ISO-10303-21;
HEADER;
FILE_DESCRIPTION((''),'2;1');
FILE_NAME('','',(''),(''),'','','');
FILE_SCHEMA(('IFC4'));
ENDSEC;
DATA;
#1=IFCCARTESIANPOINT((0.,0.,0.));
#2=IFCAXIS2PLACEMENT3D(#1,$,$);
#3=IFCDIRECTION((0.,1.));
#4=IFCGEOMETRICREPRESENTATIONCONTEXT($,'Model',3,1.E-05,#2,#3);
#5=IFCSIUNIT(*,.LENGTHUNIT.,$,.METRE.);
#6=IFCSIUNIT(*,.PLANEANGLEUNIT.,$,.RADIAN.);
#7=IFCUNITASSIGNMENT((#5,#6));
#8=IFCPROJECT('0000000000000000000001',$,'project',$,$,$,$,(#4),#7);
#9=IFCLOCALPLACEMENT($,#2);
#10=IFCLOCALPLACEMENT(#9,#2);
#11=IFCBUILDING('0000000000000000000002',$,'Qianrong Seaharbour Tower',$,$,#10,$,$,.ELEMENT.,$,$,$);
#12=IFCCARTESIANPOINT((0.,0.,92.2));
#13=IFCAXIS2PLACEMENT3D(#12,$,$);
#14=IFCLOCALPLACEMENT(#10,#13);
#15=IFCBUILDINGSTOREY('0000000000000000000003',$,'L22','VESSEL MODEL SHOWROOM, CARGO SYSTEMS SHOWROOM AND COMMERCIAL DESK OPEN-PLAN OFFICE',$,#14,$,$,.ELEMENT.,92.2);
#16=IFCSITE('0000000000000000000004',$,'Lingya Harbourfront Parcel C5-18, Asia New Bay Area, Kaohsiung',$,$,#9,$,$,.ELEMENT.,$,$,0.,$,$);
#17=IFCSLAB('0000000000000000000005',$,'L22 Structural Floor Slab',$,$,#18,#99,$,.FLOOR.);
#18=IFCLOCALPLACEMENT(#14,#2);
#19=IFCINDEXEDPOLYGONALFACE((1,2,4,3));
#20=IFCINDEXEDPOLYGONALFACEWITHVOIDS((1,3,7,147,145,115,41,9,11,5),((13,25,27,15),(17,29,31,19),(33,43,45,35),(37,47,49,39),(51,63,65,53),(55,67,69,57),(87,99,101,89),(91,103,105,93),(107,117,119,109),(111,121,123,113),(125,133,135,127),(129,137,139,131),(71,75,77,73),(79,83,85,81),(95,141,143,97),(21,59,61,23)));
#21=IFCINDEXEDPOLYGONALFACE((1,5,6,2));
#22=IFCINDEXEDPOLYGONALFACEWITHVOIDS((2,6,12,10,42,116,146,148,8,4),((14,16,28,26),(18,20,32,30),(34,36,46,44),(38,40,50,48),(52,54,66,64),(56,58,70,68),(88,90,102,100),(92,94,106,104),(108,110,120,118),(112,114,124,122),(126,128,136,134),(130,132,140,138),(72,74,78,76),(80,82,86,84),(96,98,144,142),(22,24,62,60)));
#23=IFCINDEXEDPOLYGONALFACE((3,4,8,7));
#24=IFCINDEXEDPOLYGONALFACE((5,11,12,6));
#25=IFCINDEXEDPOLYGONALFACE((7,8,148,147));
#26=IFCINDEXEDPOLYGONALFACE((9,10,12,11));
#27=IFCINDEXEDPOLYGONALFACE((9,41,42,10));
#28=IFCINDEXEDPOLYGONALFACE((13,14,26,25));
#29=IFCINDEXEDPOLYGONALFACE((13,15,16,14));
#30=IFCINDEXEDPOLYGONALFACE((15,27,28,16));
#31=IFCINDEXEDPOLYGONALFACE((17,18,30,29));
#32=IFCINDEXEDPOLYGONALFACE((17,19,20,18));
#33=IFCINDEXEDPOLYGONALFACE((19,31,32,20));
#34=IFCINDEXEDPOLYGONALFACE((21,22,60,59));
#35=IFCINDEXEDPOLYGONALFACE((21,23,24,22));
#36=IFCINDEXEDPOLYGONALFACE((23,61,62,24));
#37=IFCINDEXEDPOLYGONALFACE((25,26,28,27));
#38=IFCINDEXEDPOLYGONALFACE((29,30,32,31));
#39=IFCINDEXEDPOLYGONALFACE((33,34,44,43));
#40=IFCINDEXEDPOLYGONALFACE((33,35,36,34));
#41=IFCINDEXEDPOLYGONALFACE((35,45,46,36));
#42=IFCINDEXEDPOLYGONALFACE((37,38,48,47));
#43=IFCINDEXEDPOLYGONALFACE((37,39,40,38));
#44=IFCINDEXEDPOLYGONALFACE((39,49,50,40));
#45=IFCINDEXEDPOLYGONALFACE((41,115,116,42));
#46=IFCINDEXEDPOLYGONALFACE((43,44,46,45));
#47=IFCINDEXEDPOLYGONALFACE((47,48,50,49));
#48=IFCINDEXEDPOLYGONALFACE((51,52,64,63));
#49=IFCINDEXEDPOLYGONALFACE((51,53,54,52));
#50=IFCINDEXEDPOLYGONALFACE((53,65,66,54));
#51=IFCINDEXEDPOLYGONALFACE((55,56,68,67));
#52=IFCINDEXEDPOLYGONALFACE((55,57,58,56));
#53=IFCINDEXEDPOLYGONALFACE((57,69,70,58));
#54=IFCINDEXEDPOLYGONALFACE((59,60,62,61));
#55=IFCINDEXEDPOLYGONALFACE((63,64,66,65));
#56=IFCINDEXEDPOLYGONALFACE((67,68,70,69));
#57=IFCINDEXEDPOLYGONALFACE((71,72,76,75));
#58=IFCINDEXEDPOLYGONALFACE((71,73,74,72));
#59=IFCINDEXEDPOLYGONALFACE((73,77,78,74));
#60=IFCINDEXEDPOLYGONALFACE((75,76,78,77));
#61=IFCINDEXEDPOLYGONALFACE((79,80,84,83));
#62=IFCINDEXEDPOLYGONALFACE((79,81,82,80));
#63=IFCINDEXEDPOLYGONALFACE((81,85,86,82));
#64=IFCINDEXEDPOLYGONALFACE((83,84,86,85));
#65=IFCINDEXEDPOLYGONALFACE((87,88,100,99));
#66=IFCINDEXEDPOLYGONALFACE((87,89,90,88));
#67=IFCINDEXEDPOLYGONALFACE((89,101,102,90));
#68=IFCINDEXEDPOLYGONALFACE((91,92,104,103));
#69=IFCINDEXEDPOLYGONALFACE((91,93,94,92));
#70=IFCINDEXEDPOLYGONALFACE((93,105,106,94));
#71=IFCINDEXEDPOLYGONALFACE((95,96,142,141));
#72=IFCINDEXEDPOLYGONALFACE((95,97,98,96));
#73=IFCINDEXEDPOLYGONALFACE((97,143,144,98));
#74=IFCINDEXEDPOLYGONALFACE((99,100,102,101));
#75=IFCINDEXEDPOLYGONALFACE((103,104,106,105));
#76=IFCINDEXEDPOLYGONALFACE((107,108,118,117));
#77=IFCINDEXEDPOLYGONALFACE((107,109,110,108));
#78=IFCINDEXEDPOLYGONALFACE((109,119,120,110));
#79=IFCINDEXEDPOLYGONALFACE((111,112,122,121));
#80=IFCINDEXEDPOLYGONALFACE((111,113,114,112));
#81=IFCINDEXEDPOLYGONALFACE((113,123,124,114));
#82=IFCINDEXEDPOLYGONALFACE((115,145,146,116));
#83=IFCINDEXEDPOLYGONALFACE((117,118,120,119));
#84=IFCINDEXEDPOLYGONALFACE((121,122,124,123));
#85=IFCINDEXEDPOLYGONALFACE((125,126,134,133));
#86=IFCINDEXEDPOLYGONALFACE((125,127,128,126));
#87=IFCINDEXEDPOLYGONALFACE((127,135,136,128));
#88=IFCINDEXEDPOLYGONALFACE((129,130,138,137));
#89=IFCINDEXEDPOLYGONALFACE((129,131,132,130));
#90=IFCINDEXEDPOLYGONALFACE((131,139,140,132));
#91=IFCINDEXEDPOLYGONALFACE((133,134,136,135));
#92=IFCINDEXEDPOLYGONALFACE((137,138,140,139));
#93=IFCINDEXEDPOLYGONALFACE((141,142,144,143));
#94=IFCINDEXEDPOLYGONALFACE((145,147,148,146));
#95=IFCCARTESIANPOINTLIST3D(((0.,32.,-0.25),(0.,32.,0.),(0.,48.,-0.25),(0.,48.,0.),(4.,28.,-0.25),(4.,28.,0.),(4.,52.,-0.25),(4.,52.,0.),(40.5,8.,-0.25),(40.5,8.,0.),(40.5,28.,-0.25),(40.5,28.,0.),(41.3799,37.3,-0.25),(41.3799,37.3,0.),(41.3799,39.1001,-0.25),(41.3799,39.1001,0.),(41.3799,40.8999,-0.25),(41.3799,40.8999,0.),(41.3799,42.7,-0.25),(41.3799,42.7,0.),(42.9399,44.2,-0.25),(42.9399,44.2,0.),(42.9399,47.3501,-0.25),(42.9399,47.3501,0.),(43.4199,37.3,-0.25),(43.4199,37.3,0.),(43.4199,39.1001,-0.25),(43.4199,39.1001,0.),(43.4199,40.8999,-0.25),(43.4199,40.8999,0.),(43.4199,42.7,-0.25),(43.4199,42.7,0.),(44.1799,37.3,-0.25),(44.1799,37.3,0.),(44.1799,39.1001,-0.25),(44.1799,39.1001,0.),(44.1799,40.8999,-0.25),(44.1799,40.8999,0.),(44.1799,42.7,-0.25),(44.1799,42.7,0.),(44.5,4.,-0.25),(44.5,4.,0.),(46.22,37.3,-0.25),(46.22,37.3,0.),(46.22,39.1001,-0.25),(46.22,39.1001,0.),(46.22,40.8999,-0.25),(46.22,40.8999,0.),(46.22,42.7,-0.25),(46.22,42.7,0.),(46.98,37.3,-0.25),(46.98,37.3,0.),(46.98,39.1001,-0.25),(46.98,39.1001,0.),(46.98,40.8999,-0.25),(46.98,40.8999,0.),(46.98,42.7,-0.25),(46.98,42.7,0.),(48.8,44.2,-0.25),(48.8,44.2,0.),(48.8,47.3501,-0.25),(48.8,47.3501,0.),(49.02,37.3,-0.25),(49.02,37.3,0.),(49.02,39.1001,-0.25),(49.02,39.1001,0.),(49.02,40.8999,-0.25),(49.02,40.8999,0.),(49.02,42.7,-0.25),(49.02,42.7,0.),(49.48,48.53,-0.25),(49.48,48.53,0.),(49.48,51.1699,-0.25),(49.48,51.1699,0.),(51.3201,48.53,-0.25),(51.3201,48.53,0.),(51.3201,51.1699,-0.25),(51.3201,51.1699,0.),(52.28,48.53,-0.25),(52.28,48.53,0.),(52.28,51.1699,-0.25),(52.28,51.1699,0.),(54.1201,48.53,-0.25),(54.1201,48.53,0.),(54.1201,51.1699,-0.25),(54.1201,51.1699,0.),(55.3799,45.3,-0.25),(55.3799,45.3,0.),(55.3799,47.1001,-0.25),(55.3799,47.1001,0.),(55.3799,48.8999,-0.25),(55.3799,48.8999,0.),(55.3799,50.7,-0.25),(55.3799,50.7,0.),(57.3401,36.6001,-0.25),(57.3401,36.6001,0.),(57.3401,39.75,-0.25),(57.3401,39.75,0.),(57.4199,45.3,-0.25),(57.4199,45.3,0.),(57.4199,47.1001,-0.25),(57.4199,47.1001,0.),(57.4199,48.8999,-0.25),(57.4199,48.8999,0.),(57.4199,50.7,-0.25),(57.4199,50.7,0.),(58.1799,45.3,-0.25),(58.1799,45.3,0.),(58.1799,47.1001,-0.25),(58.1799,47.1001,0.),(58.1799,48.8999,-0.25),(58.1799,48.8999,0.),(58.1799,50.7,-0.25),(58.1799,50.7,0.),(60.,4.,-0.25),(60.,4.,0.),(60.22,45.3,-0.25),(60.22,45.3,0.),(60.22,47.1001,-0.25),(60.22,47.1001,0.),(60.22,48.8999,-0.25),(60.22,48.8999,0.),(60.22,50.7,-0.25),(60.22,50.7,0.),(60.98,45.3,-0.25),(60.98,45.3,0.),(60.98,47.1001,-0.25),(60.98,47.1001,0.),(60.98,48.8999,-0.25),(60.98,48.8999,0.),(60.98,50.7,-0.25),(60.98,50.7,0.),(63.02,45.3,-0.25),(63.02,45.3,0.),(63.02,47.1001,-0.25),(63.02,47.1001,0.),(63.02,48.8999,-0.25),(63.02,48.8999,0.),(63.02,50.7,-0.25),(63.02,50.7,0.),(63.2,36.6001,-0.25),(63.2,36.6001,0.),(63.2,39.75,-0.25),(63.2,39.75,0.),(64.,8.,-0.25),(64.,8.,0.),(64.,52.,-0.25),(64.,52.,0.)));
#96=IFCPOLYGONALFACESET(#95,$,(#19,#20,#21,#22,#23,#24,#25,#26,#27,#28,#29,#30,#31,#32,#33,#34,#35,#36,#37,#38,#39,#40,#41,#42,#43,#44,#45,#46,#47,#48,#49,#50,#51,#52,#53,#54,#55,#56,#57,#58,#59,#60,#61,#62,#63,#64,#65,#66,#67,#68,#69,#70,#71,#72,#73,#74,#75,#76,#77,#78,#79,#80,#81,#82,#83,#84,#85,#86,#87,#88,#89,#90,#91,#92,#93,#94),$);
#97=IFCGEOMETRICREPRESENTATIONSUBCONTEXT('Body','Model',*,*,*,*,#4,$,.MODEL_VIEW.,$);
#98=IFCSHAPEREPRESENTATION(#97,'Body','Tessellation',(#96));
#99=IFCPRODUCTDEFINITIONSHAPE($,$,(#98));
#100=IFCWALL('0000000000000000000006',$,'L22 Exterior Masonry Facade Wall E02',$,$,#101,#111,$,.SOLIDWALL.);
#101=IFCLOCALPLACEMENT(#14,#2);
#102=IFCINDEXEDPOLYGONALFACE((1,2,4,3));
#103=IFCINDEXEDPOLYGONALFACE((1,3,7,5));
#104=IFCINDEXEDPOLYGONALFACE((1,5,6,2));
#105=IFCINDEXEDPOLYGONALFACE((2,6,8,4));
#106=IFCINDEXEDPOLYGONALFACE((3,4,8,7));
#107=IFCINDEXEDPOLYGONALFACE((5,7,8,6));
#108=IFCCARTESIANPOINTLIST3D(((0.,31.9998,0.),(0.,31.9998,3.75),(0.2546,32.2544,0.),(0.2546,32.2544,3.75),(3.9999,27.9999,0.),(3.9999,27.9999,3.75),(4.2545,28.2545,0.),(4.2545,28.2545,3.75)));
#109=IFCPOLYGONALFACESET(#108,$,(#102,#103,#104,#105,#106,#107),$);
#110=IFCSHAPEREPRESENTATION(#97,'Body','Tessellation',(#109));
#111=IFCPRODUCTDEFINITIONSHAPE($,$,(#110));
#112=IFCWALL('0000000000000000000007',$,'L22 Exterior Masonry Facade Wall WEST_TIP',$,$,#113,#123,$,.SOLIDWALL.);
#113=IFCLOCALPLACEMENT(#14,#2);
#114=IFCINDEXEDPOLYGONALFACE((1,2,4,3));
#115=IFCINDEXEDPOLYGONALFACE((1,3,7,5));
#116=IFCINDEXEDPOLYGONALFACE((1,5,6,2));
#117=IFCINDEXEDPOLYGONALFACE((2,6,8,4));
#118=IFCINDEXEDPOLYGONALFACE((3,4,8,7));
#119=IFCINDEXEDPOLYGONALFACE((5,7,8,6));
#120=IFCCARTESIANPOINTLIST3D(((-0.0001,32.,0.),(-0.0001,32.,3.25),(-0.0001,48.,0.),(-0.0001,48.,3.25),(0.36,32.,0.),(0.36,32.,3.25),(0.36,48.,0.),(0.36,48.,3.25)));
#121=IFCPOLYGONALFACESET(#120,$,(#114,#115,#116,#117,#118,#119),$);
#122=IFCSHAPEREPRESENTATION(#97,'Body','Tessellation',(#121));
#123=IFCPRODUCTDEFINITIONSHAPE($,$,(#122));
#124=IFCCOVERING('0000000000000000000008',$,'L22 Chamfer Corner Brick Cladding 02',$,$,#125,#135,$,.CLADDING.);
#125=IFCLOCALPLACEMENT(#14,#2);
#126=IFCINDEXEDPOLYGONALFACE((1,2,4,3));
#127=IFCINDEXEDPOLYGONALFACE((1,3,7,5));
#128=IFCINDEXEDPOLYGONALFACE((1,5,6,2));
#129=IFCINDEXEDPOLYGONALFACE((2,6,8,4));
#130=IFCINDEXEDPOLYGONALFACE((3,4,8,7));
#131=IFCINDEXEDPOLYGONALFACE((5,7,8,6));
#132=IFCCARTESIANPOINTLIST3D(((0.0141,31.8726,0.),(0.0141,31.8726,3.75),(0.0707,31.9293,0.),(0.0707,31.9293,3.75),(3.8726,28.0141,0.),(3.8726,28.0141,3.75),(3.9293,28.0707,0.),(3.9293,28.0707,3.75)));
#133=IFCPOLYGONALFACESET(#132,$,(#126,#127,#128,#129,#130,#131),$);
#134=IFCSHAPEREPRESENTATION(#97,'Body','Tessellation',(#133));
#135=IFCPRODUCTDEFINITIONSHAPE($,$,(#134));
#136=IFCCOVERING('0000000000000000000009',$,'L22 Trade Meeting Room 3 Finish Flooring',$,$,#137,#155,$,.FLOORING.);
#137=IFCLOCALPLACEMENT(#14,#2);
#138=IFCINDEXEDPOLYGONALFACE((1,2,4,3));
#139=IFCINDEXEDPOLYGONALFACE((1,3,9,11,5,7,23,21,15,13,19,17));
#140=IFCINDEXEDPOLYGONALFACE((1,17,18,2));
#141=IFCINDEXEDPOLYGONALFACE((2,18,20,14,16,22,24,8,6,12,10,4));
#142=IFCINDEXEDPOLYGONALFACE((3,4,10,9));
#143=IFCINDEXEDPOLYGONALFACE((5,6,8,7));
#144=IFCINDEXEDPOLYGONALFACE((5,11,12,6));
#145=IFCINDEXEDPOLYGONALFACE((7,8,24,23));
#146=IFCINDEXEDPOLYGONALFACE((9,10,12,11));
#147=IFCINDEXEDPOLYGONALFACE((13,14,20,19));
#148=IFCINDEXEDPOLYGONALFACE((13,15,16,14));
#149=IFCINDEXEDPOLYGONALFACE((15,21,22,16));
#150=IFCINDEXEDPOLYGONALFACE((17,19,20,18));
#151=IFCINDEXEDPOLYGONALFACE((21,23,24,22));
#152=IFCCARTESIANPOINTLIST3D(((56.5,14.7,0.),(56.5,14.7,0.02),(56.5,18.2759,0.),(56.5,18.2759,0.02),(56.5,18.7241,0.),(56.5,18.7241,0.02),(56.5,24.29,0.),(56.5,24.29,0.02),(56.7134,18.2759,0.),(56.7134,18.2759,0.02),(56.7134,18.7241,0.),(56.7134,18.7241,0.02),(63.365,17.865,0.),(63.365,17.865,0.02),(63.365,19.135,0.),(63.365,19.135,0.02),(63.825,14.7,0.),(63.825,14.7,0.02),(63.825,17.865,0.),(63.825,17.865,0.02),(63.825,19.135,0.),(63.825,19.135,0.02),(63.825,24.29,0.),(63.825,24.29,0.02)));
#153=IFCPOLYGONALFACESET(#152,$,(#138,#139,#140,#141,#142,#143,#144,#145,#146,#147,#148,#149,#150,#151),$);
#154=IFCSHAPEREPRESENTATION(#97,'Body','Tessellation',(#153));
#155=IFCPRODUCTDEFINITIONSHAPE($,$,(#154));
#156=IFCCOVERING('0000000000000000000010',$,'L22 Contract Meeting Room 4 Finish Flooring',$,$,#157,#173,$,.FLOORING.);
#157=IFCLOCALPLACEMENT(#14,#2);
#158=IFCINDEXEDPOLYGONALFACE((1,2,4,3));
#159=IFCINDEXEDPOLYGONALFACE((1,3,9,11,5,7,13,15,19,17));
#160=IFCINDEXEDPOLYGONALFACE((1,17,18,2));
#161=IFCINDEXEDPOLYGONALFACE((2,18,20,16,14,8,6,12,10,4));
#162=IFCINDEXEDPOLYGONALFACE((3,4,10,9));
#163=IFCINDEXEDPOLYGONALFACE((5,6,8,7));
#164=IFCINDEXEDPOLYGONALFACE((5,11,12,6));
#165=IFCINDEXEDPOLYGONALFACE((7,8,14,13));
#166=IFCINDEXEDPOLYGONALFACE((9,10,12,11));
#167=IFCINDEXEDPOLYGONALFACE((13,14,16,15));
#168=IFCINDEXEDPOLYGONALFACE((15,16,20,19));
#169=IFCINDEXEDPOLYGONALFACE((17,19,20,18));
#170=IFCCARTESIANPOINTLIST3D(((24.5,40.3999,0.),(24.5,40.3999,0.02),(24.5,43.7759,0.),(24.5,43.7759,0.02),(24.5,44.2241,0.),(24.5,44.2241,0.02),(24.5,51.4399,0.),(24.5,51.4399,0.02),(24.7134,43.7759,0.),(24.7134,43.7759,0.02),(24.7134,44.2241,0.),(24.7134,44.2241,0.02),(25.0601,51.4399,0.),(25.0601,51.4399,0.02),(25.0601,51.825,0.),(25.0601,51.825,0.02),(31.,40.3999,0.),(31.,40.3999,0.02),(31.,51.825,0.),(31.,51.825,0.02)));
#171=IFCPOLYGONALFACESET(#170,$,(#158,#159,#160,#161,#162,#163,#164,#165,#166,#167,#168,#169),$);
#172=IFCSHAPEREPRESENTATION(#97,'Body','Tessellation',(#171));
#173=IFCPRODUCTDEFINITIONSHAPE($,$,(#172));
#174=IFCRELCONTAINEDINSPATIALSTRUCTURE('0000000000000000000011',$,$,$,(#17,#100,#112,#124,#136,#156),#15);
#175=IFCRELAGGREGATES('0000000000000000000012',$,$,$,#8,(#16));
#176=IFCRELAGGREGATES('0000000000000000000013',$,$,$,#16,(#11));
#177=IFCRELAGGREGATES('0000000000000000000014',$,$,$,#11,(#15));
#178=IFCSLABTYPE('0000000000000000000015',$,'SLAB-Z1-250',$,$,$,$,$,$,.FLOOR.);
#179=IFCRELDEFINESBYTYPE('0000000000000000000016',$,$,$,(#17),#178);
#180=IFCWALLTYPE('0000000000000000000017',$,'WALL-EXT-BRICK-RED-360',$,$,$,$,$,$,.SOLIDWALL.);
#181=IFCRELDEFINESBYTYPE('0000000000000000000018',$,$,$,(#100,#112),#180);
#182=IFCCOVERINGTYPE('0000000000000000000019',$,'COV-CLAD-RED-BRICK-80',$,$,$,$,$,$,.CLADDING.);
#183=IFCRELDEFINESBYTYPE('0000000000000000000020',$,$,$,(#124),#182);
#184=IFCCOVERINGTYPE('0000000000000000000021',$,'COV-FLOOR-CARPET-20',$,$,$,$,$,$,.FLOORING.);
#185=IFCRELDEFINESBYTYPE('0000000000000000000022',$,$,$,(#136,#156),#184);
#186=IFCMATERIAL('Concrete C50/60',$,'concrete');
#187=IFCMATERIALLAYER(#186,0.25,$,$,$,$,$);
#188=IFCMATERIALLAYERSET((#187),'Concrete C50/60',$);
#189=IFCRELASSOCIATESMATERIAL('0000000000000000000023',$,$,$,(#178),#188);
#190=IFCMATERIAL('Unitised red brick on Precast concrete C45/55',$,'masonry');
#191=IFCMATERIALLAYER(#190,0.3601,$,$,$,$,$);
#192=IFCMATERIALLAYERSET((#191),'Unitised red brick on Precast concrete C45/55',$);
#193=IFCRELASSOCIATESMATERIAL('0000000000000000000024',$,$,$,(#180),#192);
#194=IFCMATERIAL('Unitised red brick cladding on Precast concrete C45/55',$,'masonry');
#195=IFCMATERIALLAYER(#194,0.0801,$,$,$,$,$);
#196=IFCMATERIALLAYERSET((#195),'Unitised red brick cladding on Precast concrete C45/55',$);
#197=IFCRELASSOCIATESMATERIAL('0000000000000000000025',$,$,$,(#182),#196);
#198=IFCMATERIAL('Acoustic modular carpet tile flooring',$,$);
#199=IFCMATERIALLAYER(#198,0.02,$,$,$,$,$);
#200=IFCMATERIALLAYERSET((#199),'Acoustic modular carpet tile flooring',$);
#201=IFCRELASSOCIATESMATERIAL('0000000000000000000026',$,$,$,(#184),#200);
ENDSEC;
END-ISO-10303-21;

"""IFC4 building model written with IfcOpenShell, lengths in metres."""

from ifc_helpers import new_model, si_unit, direction, frame, frame_2d, origin, origin_2d, place, context, subcontext, project, spatial, polyline, rectangle, outline, extrude, material, layer, layer_set, type_object, element, save


model = new_model("IFC4")

# Units and contexts
model_context = context("Model", 3, precision=1e-05, world=origin(), true_north=direction((0.0, 1.0)))
body_context = subcontext(model_context, "Body", "Model", "MODEL_VIEW")
ifc_project = project(units=[si_unit("LENGTHUNIT", "METRE"), si_unit("PLANEANGLEUNIT", "RADIAN")], contexts=[model_context])

# Site, building, storey
site_placement = place(None, origin())
site = spatial("IfcSite", under=ifc_project, at=site_placement, Name="Lingya Harbourfront Parcel C5-18, Asia New Bay Area, Kaohsiung", CompositionType="ELEMENT", RefElevation=0.0)
building_placement = place(site_placement, origin())
building = spatial("IfcBuilding", under=site, at=building_placement, Name="Qianrong Seaharbour Tower", CompositionType="ELEMENT")
storey_placement = place(building_placement, frame((0.0, 0.0, 92.2)))
storey = spatial("IfcBuildingStorey", under=building, at=storey_placement, Name="L22", Description="VESSEL MODEL SHOWROOM, CARGO SYSTEMS SHOWROOM AND COMMERCIAL DESK OPEN-PLAN OFFICE", CompositionType="ELEMENT", Elevation=92.2)

# Shared definitions
ifc_material_1 = material(Name="Concrete C50/60", Category="concrete")

# Slab
ifc_layer_1 = layer(ifc_material_1, 0.25)
ifc_layer_set_1 = layer_set([ifc_layer_1], Name="Concrete C50/60")
slab_type_1 = type_object("IfcSlabType", Name="SLAB-Z1-250", PredefinedType="FLOOR", material=ifc_layer_set_1)
slab_1_placement = place(storey_placement, frame((0.0, 0.0, -0.25)))
element("IfcSlab", 1, at=slab_1_placement, inside=storey, type_object=slab_type_1, Name="L22 Structural Floor Slab", PredefinedType="FLOOR", context=body_context, shape_type="SweptSolid", body=[
    extrude(outline(polyline([(44.5, 4.0), (60.0, 4.0), (64.0, 8.0), (64.0, 52.0), (4.0, 52.0), (0.0, 48.0), (0.0, 32.0), (4.0, 28.0), (40.5, 28.0), (40.5, 8.0), (44.5, 4.0)]), holes=[polyline([(42.9399, 44.2), (42.9399, 47.3501), (48.8, 47.3501), (48.8, 44.2), (42.9399, 44.2)]), polyline([(57.3401, 36.6001), (57.3401, 39.75), (63.2, 39.75), (63.2, 36.6001), (57.3401, 36.6001)]), polyline([(49.48, 48.53), (49.48, 51.1699), (51.3201, 51.1699), (51.3201, 48.53), (49.48, 48.53)]), polyline([(52.28, 48.53), (52.28, 51.1699), (54.1201, 51.1699), (54.1201, 48.53), (52.28, 48.53)]), polyline([(41.3799, 37.3), (41.3799, 39.1001), (43.4199, 39.1001), (43.4199, 37.3), (41.3799, 37.3)]), polyline([(44.1799, 37.3), (44.1799, 39.1001), (46.22, 39.1001), (46.22, 37.3), (44.1799, 37.3)]), polyline([(46.98, 37.3), (46.98, 39.1001), (49.02, 39.1001), (49.02, 37.3), (46.98, 37.3)]), polyline([(41.3799, 40.8999), (41.3799, 42.7), (43.4199, 42.7), (43.4199, 40.8999), (41.3799, 40.8999)]), polyline([(44.1799, 40.8999), (44.1799, 42.7), (46.22, 42.7), (46.22, 40.8999), (44.1799, 40.8999)]), polyline([(46.98, 40.8999), (46.98, 42.7), (49.02, 42.7), (49.02, 40.8999), (46.98, 40.8999)]), polyline([(55.3799, 45.3), (55.3799, 47.1001), (57.4199, 47.1001), (57.4199, 45.3), (55.3799, 45.3)]), polyline([(58.1799, 45.3), (58.1799, 47.1001), (60.22, 47.1001), (60.22, 45.3), (58.1799, 45.3)]), polyline([(60.98, 45.3), (60.98, 47.1001), (63.02, 47.1001), (63.02, 45.3), (60.98, 45.3)]), polyline([(55.3799, 48.8999), (55.3799, 50.7), (57.4199, 50.7), (57.4199, 48.8999), (55.3799, 48.8999)]), polyline([(58.1799, 48.8999), (58.1799, 50.7), (60.22, 50.7), (60.22, 48.8999), (58.1799, 48.8999)]), polyline([(60.98, 48.8999), (60.98, 50.7), (63.02, 50.7), (63.02, 48.8999), (60.98, 48.8999)])]), origin(), (0.0, 0.0, 1.0), 0.25),
])

# Walls
ifc_material_2 = material(Name="Unitised red brick on Precast concrete C45/55", Category="masonry")
ifc_layer_2 = layer(ifc_material_2, 0.3601)
ifc_layer_set_2 = layer_set([ifc_layer_2], Name="Unitised red brick on Precast concrete C45/55")
wall_type = type_object("IfcWallType", Name="WALL-EXT-BRICK-RED-360", PredefinedType="SOLIDWALL", material=ifc_layer_set_2)
wall_1_placement = place(storey_placement, frame((4.1272, 28.1272, 0.0), z_axis=(0.0, 0.0, 1.0), x_axis=(-0.707107, 0.707107, 0.0)))
element("IfcWall", 2, at=wall_1_placement, inside=storey, type_object=wall_type, Name="L22 Exterior Masonry Facade Wall E02", PredefinedType="SOLIDWALL", context=body_context, shape_type="SweptSolid", body=[
    extrude(rectangle(XDim=5.6567, YDim=0.3601, at=frame_2d((2.8284, 0.0))), origin(), (0.0, 0.0, 1.0), 3.75),
])
wall_2_placement = place(storey_placement, frame((0.1799, 32.0, 0.0), z_axis=(0.0, 0.0, 1.0), x_axis=(0.0, 1.0, 0.0)))
element("IfcWall", 3, at=wall_2_placement, inside=storey, type_object=wall_type, Name="L22 Exterior Masonry Facade Wall WEST_TIP", PredefinedType="SOLIDWALL", context=body_context, shape_type="SweptSolid", body=[
    extrude(rectangle(XDim=16.0, YDim=0.3601, at=frame_2d((8.0, 0.0))), origin(), (0.0, 0.0, 1.0), 3.25),
])

# Coverings
ifc_material_3 = material(Name="Unitised red brick cladding on Precast concrete C45/55", Category="masonry")
ifc_layer_3 = layer(ifc_material_3, 0.0801)
ifc_layer_set_3 = layer_set([ifc_layer_3], Name="Unitised red brick cladding on Precast concrete C45/55")
covering_type_1 = type_object("IfcCoveringType", Name="COV-CLAD-RED-BRICK-80", PredefinedType="CLADDING", material=ifc_layer_set_3)
covering_1_placement = place(storey_placement, frame((1.9717, 29.9717, 0.0), z_axis=(0.0, 0.0, 1.0), x_axis=(-0.707107, 0.707107, 0.0)))
element("IfcCovering", 4, at=covering_1_placement, inside=storey, type_object=covering_type_1, Name="L22 Chamfer Corner Brick Cladding 02", PredefinedType="CLADDING", context=body_context, shape_type="SweptSolid", body=[
    extrude(rectangle(XDim=5.4568, YDim=0.0801, at=origin_2d()), origin(), (0.0, 0.0, 1.0), 3.75),
])
ifc_material_4 = material(Name="Acoustic modular carpet tile flooring")
ifc_layer_4 = layer(ifc_material_4, 0.02)
ifc_layer_set_4 = layer_set([ifc_layer_4], Name="Acoustic modular carpet tile flooring")
covering_type_2 = type_object("IfcCoveringType", Name="COV-FLOOR-CARPET-20", PredefinedType="FLOORING", material=ifc_layer_set_4)
covering_2_placement = place(storey_placement, origin())
element("IfcCovering", 5, at=covering_2_placement, inside=storey, type_object=covering_type_2, Name="L22 Trade Meeting Room 3 Finish Flooring", PredefinedType="FLOORING", context=body_context, shape_type="SweptSolid", body=[
    extrude(outline(polyline([(63.825, 24.29), (63.825, 19.135), (63.365, 19.135), (63.365, 17.865), (63.825, 17.865), (63.825, 14.7), (56.5, 14.7), (56.5, 18.2759), (56.7134, 18.2759), (56.7134, 18.7241), (56.5, 18.7241), (56.5, 24.29), (63.825, 24.29)])), origin(), (0.0, 0.0, 1.0), 0.02),
])
covering_3_placement = place(storey_placement, origin())
element("IfcCovering", 6, at=covering_3_placement, inside=storey, type_object=covering_type_2, Name="L22 Contract Meeting Room 4 Finish Flooring", PredefinedType="FLOORING", context=body_context, shape_type="SweptSolid", body=[
    extrude(outline(polyline([(24.5, 43.7759), (24.7134, 43.7759), (24.7134, 44.2241), (24.5, 44.2241), (24.5, 51.4399), (25.0601, 51.4399), (25.0601, 51.825), (31.0, 51.825), (31.0, 40.3999), (24.5, 40.3999), (24.5, 43.7759)])), origin(), (0.0, 0.0, 1.0), 0.02),
])

save(model, "model.ifc")
